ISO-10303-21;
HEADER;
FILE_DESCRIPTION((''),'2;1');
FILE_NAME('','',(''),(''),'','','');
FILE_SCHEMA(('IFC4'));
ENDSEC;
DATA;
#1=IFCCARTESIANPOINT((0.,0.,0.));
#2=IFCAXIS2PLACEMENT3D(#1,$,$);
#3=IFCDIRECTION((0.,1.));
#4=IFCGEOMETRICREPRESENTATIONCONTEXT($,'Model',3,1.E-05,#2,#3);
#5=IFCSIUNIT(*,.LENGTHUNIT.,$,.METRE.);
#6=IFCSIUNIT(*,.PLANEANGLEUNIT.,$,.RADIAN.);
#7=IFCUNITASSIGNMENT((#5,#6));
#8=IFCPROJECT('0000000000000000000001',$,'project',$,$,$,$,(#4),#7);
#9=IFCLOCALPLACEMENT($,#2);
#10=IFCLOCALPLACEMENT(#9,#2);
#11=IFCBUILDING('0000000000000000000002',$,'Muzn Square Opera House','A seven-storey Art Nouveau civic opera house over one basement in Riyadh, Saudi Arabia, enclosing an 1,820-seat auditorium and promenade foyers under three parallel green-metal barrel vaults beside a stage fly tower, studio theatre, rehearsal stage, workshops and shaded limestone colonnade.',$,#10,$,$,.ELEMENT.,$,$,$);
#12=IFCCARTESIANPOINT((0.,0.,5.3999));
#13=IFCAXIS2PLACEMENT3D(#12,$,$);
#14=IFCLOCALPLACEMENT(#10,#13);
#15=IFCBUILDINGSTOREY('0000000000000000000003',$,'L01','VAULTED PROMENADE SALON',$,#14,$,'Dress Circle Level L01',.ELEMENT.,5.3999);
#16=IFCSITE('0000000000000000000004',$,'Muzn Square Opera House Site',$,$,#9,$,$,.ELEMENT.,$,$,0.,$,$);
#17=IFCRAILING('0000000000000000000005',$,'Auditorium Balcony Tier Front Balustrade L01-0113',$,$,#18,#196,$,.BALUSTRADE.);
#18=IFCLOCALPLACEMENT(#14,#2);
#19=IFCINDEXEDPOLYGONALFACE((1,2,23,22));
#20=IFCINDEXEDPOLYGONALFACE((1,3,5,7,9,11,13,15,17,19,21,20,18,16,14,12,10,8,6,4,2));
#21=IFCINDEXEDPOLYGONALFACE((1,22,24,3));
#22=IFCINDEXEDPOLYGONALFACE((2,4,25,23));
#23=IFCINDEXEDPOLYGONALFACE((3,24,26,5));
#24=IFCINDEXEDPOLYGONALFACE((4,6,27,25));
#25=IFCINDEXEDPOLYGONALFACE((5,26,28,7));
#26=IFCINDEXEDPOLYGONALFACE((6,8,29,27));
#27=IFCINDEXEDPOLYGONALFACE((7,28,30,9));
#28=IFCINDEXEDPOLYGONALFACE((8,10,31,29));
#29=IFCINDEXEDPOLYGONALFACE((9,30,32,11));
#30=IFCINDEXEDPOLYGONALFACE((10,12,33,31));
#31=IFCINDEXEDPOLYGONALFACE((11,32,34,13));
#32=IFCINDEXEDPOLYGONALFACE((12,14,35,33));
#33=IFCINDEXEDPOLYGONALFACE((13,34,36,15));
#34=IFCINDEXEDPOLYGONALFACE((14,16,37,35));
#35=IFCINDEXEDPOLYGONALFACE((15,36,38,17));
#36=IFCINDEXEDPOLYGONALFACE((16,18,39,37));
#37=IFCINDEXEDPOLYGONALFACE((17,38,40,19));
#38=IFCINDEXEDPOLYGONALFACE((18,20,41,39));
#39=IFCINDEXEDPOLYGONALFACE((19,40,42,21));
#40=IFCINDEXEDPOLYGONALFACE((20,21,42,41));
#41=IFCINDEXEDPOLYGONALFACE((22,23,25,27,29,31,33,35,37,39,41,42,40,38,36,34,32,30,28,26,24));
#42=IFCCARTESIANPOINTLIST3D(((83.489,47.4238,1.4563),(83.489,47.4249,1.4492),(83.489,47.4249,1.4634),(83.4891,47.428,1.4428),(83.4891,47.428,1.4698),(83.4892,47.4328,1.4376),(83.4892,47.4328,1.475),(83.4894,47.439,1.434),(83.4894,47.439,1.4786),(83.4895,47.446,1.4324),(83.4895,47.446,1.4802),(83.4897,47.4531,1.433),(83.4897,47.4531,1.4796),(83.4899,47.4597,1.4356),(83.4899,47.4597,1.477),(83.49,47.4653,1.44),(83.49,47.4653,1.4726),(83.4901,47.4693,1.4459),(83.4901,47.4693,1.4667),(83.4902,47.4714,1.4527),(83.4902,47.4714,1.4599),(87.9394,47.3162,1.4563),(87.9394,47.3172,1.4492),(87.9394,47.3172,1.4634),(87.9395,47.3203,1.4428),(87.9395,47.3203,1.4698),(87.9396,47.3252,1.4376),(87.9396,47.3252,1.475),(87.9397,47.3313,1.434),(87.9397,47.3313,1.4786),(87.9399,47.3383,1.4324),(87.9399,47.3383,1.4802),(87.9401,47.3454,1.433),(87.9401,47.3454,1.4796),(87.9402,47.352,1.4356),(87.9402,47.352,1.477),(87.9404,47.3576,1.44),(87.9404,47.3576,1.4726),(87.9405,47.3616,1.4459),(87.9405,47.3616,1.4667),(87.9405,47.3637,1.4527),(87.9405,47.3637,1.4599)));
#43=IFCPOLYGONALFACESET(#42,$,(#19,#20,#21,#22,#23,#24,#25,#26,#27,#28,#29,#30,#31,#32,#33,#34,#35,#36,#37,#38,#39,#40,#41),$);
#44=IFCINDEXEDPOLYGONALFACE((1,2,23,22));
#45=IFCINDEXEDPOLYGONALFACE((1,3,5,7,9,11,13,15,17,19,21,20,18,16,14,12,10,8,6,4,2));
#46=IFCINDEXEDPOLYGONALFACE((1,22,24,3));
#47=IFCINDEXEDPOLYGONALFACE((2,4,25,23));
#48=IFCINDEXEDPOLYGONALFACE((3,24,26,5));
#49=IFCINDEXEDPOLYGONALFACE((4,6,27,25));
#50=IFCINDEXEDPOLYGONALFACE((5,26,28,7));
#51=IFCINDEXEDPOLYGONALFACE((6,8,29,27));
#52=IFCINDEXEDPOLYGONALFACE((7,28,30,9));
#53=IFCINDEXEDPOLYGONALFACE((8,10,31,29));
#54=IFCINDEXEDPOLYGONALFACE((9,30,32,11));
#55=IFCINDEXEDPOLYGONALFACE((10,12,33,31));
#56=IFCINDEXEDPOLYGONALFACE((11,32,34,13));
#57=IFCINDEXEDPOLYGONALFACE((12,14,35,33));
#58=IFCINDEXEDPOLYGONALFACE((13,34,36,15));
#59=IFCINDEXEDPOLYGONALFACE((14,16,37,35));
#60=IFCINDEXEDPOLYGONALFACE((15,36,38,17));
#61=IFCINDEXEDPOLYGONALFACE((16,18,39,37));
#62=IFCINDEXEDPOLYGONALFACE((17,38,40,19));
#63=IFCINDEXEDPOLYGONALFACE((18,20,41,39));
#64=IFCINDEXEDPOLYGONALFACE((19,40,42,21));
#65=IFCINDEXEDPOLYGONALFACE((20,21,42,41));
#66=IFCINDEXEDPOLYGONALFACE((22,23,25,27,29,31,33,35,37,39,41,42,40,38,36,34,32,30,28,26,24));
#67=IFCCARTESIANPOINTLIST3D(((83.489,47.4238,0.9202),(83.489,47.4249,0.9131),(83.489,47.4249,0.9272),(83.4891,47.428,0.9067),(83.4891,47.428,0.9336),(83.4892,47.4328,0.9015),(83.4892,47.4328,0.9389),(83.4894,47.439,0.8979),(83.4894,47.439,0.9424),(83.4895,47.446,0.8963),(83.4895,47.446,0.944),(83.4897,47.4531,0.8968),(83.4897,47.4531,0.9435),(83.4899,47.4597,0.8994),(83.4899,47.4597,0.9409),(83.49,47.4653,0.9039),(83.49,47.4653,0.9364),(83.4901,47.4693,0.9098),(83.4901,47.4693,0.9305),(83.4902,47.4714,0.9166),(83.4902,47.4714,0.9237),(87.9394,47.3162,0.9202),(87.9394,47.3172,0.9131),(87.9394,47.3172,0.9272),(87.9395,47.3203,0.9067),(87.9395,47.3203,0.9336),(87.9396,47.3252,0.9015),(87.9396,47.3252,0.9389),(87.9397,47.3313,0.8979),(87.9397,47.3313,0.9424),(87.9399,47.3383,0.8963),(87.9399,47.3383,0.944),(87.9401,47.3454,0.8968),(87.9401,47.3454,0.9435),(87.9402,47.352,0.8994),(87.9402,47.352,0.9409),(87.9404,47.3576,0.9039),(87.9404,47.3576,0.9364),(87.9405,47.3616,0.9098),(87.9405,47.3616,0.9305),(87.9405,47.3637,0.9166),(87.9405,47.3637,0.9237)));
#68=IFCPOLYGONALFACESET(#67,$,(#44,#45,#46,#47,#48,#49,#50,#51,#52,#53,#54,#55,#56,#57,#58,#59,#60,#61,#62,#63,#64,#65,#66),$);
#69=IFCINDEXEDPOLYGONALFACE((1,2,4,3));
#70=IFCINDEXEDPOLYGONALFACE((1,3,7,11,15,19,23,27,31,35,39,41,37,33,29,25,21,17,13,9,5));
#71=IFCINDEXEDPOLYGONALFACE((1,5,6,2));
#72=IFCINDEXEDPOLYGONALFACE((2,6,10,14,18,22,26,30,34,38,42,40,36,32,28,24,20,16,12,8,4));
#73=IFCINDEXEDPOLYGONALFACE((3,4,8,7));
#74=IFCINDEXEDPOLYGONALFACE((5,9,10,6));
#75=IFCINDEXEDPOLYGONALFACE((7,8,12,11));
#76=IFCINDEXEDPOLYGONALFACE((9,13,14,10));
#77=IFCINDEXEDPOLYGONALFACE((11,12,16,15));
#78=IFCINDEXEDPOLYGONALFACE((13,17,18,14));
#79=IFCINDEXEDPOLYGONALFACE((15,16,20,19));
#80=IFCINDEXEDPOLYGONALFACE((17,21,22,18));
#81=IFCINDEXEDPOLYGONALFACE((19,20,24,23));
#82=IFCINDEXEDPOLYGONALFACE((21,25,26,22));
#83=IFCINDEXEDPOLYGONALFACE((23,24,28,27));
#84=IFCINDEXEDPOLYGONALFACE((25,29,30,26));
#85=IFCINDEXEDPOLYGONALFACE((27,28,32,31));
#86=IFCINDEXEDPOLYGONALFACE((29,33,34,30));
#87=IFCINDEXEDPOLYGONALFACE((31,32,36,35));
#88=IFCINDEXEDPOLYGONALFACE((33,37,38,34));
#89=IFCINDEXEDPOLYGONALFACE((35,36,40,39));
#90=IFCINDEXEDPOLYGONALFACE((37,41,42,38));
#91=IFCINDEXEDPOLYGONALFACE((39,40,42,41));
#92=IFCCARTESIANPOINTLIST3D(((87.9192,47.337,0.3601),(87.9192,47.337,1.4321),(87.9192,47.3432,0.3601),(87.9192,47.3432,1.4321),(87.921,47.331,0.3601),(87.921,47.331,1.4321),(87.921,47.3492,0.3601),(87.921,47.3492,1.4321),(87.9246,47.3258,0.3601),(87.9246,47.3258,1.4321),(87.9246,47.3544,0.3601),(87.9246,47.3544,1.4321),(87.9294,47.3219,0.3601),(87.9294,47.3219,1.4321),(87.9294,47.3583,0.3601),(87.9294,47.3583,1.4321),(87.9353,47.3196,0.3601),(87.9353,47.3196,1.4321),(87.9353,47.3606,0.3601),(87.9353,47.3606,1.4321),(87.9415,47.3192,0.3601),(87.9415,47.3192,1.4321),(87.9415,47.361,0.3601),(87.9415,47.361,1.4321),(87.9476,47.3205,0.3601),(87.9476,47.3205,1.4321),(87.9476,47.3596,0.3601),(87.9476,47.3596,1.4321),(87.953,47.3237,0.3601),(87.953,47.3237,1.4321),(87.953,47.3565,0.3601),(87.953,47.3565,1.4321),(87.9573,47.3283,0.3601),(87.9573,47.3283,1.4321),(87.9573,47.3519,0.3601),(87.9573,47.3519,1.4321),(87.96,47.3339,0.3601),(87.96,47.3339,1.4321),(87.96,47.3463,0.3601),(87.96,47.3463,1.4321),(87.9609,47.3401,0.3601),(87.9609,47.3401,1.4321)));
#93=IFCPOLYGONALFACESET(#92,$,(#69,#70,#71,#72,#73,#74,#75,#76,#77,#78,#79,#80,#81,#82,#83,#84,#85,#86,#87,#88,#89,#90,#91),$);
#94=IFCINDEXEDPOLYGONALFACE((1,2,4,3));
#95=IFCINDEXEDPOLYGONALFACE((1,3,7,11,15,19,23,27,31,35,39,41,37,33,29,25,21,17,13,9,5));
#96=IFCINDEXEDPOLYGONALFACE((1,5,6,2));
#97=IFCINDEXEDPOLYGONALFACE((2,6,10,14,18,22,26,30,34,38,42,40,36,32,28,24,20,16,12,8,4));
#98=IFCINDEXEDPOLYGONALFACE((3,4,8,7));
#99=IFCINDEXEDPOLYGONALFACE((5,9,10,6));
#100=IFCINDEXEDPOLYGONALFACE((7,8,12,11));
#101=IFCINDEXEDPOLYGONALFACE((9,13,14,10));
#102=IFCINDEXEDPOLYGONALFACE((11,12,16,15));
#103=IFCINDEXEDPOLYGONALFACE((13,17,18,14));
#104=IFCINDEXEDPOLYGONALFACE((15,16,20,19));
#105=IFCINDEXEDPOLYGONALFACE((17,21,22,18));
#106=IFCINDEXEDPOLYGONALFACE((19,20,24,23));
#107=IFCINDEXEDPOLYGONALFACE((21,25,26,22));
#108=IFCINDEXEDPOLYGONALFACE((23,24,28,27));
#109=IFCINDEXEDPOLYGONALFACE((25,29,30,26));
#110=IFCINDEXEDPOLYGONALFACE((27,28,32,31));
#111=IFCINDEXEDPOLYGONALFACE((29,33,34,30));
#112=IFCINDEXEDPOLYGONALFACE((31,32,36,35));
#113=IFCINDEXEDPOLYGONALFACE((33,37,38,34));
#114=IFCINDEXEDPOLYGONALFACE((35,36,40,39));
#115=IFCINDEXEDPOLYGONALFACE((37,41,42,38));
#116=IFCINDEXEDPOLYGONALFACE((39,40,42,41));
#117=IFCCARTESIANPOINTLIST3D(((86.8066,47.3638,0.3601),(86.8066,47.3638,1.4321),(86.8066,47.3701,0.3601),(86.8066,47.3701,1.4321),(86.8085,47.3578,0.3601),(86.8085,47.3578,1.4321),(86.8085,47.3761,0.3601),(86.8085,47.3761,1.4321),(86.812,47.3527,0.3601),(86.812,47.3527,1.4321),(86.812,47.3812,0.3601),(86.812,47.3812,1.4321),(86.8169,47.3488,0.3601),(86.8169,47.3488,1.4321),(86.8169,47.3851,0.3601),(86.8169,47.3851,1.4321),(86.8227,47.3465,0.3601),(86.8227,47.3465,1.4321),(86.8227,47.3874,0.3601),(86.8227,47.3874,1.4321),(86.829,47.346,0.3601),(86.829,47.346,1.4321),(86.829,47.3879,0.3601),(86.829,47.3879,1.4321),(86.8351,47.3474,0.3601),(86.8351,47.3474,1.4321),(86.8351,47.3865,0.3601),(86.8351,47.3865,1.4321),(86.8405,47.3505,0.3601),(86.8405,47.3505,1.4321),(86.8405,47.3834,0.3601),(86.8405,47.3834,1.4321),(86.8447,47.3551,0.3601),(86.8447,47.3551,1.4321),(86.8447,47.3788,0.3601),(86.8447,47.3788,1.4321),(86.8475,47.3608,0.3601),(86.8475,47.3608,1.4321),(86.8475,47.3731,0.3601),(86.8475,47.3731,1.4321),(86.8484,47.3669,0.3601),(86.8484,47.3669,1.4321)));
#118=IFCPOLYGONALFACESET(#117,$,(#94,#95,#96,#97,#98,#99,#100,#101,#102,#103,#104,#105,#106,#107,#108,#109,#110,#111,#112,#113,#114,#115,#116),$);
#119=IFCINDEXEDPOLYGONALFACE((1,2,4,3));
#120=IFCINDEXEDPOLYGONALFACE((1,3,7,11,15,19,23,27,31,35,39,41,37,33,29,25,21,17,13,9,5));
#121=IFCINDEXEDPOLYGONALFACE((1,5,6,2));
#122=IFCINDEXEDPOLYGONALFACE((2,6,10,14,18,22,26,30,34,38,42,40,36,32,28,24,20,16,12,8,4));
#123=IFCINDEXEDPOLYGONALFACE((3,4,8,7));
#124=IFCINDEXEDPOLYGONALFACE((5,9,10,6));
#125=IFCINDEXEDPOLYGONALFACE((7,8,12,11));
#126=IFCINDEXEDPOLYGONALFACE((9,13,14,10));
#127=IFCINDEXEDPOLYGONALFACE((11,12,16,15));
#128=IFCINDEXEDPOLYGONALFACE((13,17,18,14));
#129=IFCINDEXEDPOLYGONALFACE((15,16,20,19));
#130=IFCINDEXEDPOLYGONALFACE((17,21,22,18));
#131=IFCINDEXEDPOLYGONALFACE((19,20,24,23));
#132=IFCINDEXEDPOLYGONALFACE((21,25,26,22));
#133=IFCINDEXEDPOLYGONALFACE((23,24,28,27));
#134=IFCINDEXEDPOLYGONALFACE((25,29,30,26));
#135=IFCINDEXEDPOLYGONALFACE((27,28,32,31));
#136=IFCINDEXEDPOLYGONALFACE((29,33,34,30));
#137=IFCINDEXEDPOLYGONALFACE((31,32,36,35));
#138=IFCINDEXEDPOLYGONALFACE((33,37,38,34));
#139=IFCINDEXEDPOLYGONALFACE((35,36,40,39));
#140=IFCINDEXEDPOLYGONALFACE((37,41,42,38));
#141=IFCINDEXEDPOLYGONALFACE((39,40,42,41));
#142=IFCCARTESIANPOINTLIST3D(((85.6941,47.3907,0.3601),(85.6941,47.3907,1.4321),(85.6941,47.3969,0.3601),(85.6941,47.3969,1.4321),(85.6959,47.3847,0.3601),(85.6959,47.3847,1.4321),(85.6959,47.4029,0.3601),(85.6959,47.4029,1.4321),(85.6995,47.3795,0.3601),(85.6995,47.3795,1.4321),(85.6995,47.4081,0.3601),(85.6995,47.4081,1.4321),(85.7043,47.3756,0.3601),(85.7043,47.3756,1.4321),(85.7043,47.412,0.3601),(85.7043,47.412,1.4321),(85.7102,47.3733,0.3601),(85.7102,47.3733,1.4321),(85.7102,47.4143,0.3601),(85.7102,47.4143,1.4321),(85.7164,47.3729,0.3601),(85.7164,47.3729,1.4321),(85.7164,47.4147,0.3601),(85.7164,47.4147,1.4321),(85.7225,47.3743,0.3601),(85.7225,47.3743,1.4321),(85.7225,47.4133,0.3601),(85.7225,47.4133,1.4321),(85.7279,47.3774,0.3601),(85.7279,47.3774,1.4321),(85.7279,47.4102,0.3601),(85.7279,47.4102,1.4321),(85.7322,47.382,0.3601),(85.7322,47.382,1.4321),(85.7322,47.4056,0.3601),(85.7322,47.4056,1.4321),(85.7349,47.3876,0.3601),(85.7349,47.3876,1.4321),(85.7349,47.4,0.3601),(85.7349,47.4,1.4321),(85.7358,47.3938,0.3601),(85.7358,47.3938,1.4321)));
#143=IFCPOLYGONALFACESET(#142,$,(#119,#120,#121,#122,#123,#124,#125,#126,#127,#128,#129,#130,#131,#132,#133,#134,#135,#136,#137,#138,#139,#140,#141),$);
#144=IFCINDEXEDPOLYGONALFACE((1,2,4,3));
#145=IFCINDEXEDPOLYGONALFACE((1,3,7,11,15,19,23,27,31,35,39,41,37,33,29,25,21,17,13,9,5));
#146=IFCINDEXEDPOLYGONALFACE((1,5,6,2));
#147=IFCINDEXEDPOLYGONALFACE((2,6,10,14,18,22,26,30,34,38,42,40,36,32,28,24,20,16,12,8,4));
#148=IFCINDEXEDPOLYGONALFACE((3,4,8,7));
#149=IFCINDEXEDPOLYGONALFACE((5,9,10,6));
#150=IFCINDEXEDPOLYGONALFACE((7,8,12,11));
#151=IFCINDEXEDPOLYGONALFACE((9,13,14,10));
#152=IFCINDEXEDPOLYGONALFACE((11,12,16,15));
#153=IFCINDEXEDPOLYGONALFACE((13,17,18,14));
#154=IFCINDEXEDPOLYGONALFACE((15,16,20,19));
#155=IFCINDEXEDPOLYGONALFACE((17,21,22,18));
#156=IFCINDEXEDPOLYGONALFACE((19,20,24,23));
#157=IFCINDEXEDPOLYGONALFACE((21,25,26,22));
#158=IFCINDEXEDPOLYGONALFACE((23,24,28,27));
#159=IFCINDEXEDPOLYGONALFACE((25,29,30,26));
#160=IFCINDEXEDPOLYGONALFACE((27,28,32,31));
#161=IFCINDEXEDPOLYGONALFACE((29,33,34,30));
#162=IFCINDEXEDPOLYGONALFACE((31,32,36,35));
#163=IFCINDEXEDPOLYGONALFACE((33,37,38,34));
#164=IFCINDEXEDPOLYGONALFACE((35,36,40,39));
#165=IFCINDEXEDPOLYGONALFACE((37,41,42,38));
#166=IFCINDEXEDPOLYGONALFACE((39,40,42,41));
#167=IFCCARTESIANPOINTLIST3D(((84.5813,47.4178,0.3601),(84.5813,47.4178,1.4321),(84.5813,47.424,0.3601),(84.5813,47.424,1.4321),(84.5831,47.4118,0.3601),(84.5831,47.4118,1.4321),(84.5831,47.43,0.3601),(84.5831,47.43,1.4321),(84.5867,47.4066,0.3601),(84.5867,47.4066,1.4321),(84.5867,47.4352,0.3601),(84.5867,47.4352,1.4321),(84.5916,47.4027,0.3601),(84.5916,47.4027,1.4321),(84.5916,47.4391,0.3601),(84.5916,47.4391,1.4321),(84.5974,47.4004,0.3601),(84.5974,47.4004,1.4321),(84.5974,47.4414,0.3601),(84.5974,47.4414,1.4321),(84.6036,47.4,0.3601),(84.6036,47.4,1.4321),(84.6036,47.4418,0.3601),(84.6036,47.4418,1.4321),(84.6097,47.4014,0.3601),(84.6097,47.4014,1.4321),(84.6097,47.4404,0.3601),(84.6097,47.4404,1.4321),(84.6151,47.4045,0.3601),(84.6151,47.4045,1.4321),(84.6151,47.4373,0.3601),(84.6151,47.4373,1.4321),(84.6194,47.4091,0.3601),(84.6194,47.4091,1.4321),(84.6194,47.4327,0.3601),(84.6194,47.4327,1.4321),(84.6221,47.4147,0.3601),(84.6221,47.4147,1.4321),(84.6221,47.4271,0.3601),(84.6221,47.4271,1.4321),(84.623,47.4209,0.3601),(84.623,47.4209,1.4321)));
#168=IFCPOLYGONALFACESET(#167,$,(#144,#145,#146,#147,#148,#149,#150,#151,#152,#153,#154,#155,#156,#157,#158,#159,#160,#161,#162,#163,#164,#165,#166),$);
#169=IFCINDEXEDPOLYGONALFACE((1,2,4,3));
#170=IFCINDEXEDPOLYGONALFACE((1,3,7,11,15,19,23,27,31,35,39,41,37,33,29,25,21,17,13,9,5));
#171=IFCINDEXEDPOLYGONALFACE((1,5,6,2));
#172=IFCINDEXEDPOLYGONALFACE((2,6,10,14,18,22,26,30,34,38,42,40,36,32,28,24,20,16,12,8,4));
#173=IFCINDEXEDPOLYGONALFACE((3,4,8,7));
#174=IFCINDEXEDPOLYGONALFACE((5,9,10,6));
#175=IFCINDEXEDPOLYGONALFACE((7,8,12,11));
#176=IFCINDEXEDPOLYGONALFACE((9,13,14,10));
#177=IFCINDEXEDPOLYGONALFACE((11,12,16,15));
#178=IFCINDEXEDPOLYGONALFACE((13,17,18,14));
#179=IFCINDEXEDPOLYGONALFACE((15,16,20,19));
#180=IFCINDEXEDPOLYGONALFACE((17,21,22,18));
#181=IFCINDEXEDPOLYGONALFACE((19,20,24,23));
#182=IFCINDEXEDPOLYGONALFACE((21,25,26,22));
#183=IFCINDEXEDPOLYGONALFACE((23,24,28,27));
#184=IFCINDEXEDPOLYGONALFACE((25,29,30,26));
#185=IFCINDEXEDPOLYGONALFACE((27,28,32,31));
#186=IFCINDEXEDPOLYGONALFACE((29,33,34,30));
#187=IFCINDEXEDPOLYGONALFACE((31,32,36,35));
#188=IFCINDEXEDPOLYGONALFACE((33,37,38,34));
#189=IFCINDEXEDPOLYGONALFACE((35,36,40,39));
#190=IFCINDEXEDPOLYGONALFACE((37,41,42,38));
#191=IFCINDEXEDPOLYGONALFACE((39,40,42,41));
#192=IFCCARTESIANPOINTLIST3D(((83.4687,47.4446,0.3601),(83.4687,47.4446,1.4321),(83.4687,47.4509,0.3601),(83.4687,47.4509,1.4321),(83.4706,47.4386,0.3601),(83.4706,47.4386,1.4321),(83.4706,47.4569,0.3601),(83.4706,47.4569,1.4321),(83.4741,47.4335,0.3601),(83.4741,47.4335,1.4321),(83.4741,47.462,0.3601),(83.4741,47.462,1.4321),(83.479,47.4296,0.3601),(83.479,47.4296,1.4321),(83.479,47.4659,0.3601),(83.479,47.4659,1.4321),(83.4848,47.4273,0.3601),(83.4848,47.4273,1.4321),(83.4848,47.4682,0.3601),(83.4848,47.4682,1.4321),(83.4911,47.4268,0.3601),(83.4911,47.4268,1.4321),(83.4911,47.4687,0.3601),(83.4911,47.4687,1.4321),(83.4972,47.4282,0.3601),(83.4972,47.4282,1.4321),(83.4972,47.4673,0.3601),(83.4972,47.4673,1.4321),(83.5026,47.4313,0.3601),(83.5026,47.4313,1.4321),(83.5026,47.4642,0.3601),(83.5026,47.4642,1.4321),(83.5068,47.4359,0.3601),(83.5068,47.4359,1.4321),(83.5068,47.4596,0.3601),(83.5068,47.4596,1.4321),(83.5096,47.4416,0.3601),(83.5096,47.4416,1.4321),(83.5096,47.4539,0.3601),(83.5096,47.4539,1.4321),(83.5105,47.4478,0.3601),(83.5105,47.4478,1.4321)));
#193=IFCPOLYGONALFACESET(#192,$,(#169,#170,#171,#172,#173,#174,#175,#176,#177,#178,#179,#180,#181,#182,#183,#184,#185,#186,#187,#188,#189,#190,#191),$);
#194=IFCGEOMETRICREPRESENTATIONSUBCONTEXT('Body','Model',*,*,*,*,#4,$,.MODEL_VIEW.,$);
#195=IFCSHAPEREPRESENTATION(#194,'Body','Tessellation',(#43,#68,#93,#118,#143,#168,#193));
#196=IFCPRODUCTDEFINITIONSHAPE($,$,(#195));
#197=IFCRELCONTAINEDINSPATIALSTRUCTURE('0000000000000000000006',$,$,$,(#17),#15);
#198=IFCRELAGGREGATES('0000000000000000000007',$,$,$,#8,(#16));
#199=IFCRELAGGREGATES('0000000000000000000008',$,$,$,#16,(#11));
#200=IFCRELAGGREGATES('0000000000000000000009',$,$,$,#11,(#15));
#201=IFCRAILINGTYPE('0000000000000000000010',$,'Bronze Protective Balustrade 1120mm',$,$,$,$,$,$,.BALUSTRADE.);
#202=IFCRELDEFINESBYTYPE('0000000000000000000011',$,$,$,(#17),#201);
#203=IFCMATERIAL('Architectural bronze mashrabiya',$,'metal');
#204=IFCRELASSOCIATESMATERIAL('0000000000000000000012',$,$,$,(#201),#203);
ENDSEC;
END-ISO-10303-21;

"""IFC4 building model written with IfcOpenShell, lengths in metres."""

from ifc_helpers import new_model, si_unit, direction, frame, origin, origin_2d, place, context, subcontext, project, spatial, circle, extrude, material, type_object, element, save


model = new_model("IFC4")

# Units and contexts
model_context = context("Model", 3, precision=1e-05, world=origin(), true_north=direction((0.0, 1.0)))
body_context = subcontext(model_context, "Body", "Model", "MODEL_VIEW")
ifc_project = project(units=[si_unit("LENGTHUNIT", "METRE"), si_unit("PLANEANGLEUNIT", "RADIAN")], contexts=[model_context])

# Site, building, storey
site_placement = place(None, origin())
site = spatial("IfcSite", under=ifc_project, at=site_placement, Name="Muzn Square Opera House Site", CompositionType="ELEMENT", RefElevation=0.0)
building_placement = place(site_placement, origin())
building = spatial("IfcBuilding", under=site, at=building_placement, Name="Muzn Square Opera House", Description="A seven-storey Art Nouveau civic opera house over one basement in Riyadh, Saudi Arabia, enclosing an 1,820-seat auditorium and promenade foyers under three parallel green-metal barrel vaults beside a stage fly tower, studio theatre, rehearsal stage, workshops and shaded limestone colonnade.", CompositionType="ELEMENT")
storey_placement = place(building_placement, frame((0.0, 0.0, 5.3999)))
storey = spatial("IfcBuildingStorey", under=building, at=storey_placement, Name="L01", Description="VAULTED PROMENADE SALON", LongName="Dress Circle Level L01", CompositionType="ELEMENT", Elevation=5.3999)

# Railing
ifc_material_1 = material(Name="Architectural bronze mashrabiya", Category="metal")
railing_type = type_object("IfcRailingType", Name="Bronze Protective Balustrade 1120mm", PredefinedType="BALUSTRADE", material=ifc_material_1)
railing_1_placement = place(storey_placement, frame((87.9399, 47.3401, 0.3601)))
element("IfcRailing", 1, at=railing_1_placement, inside=storey, type_object=railing_type, Name="Auditorium Balcony Tier Front Balustrade L01-0113", PredefinedType="BALUSTRADE", context=body_context, shape_type="SweptSolid", body=[
    extrude(circle(Radius=0.0239, at=origin_2d()), frame((0.0, 0.0, 1.0962), z_axis=(-0.999707, 0.024185, 0.0), x_axis=(-0.024185, -0.999707, 0.0)), (0.0, 0.0, 1.0), 4.4517),
    extrude(circle(Radius=0.0239, at=origin_2d()), frame((0.0, 0.0, 0.5601), z_axis=(-0.999707, 0.024185, 0.0), x_axis=(-0.024185, -0.999707, 0.0)), (0.0, 0.0, 1.0), 4.4517),
    extrude(circle(Radius=0.021, at=origin_2d()), origin(), (0.0, 0.0, 1.0), 1.072),
    extrude(circle(Radius=0.021, at=origin_2d()), frame((-1.1125, 0.0269, 0.0)), (0.0, 0.0, 1.0), 1.072),
    extrude(circle(Radius=0.021, at=origin_2d()), frame((-2.2251, 0.0537, 0.0)), (0.0, 0.0, 1.0), 1.072),
    extrude(circle(Radius=0.021, at=origin_2d()), frame((-3.3379, 0.0808, 0.0)), (0.0, 0.0, 1.0), 1.072),
    extrude(circle(Radius=0.021, at=origin_2d()), frame((-4.4504, 0.1077, 0.0)), (0.0, 0.0, 1.0), 1.072),
])

save(model, "model.ifc")
